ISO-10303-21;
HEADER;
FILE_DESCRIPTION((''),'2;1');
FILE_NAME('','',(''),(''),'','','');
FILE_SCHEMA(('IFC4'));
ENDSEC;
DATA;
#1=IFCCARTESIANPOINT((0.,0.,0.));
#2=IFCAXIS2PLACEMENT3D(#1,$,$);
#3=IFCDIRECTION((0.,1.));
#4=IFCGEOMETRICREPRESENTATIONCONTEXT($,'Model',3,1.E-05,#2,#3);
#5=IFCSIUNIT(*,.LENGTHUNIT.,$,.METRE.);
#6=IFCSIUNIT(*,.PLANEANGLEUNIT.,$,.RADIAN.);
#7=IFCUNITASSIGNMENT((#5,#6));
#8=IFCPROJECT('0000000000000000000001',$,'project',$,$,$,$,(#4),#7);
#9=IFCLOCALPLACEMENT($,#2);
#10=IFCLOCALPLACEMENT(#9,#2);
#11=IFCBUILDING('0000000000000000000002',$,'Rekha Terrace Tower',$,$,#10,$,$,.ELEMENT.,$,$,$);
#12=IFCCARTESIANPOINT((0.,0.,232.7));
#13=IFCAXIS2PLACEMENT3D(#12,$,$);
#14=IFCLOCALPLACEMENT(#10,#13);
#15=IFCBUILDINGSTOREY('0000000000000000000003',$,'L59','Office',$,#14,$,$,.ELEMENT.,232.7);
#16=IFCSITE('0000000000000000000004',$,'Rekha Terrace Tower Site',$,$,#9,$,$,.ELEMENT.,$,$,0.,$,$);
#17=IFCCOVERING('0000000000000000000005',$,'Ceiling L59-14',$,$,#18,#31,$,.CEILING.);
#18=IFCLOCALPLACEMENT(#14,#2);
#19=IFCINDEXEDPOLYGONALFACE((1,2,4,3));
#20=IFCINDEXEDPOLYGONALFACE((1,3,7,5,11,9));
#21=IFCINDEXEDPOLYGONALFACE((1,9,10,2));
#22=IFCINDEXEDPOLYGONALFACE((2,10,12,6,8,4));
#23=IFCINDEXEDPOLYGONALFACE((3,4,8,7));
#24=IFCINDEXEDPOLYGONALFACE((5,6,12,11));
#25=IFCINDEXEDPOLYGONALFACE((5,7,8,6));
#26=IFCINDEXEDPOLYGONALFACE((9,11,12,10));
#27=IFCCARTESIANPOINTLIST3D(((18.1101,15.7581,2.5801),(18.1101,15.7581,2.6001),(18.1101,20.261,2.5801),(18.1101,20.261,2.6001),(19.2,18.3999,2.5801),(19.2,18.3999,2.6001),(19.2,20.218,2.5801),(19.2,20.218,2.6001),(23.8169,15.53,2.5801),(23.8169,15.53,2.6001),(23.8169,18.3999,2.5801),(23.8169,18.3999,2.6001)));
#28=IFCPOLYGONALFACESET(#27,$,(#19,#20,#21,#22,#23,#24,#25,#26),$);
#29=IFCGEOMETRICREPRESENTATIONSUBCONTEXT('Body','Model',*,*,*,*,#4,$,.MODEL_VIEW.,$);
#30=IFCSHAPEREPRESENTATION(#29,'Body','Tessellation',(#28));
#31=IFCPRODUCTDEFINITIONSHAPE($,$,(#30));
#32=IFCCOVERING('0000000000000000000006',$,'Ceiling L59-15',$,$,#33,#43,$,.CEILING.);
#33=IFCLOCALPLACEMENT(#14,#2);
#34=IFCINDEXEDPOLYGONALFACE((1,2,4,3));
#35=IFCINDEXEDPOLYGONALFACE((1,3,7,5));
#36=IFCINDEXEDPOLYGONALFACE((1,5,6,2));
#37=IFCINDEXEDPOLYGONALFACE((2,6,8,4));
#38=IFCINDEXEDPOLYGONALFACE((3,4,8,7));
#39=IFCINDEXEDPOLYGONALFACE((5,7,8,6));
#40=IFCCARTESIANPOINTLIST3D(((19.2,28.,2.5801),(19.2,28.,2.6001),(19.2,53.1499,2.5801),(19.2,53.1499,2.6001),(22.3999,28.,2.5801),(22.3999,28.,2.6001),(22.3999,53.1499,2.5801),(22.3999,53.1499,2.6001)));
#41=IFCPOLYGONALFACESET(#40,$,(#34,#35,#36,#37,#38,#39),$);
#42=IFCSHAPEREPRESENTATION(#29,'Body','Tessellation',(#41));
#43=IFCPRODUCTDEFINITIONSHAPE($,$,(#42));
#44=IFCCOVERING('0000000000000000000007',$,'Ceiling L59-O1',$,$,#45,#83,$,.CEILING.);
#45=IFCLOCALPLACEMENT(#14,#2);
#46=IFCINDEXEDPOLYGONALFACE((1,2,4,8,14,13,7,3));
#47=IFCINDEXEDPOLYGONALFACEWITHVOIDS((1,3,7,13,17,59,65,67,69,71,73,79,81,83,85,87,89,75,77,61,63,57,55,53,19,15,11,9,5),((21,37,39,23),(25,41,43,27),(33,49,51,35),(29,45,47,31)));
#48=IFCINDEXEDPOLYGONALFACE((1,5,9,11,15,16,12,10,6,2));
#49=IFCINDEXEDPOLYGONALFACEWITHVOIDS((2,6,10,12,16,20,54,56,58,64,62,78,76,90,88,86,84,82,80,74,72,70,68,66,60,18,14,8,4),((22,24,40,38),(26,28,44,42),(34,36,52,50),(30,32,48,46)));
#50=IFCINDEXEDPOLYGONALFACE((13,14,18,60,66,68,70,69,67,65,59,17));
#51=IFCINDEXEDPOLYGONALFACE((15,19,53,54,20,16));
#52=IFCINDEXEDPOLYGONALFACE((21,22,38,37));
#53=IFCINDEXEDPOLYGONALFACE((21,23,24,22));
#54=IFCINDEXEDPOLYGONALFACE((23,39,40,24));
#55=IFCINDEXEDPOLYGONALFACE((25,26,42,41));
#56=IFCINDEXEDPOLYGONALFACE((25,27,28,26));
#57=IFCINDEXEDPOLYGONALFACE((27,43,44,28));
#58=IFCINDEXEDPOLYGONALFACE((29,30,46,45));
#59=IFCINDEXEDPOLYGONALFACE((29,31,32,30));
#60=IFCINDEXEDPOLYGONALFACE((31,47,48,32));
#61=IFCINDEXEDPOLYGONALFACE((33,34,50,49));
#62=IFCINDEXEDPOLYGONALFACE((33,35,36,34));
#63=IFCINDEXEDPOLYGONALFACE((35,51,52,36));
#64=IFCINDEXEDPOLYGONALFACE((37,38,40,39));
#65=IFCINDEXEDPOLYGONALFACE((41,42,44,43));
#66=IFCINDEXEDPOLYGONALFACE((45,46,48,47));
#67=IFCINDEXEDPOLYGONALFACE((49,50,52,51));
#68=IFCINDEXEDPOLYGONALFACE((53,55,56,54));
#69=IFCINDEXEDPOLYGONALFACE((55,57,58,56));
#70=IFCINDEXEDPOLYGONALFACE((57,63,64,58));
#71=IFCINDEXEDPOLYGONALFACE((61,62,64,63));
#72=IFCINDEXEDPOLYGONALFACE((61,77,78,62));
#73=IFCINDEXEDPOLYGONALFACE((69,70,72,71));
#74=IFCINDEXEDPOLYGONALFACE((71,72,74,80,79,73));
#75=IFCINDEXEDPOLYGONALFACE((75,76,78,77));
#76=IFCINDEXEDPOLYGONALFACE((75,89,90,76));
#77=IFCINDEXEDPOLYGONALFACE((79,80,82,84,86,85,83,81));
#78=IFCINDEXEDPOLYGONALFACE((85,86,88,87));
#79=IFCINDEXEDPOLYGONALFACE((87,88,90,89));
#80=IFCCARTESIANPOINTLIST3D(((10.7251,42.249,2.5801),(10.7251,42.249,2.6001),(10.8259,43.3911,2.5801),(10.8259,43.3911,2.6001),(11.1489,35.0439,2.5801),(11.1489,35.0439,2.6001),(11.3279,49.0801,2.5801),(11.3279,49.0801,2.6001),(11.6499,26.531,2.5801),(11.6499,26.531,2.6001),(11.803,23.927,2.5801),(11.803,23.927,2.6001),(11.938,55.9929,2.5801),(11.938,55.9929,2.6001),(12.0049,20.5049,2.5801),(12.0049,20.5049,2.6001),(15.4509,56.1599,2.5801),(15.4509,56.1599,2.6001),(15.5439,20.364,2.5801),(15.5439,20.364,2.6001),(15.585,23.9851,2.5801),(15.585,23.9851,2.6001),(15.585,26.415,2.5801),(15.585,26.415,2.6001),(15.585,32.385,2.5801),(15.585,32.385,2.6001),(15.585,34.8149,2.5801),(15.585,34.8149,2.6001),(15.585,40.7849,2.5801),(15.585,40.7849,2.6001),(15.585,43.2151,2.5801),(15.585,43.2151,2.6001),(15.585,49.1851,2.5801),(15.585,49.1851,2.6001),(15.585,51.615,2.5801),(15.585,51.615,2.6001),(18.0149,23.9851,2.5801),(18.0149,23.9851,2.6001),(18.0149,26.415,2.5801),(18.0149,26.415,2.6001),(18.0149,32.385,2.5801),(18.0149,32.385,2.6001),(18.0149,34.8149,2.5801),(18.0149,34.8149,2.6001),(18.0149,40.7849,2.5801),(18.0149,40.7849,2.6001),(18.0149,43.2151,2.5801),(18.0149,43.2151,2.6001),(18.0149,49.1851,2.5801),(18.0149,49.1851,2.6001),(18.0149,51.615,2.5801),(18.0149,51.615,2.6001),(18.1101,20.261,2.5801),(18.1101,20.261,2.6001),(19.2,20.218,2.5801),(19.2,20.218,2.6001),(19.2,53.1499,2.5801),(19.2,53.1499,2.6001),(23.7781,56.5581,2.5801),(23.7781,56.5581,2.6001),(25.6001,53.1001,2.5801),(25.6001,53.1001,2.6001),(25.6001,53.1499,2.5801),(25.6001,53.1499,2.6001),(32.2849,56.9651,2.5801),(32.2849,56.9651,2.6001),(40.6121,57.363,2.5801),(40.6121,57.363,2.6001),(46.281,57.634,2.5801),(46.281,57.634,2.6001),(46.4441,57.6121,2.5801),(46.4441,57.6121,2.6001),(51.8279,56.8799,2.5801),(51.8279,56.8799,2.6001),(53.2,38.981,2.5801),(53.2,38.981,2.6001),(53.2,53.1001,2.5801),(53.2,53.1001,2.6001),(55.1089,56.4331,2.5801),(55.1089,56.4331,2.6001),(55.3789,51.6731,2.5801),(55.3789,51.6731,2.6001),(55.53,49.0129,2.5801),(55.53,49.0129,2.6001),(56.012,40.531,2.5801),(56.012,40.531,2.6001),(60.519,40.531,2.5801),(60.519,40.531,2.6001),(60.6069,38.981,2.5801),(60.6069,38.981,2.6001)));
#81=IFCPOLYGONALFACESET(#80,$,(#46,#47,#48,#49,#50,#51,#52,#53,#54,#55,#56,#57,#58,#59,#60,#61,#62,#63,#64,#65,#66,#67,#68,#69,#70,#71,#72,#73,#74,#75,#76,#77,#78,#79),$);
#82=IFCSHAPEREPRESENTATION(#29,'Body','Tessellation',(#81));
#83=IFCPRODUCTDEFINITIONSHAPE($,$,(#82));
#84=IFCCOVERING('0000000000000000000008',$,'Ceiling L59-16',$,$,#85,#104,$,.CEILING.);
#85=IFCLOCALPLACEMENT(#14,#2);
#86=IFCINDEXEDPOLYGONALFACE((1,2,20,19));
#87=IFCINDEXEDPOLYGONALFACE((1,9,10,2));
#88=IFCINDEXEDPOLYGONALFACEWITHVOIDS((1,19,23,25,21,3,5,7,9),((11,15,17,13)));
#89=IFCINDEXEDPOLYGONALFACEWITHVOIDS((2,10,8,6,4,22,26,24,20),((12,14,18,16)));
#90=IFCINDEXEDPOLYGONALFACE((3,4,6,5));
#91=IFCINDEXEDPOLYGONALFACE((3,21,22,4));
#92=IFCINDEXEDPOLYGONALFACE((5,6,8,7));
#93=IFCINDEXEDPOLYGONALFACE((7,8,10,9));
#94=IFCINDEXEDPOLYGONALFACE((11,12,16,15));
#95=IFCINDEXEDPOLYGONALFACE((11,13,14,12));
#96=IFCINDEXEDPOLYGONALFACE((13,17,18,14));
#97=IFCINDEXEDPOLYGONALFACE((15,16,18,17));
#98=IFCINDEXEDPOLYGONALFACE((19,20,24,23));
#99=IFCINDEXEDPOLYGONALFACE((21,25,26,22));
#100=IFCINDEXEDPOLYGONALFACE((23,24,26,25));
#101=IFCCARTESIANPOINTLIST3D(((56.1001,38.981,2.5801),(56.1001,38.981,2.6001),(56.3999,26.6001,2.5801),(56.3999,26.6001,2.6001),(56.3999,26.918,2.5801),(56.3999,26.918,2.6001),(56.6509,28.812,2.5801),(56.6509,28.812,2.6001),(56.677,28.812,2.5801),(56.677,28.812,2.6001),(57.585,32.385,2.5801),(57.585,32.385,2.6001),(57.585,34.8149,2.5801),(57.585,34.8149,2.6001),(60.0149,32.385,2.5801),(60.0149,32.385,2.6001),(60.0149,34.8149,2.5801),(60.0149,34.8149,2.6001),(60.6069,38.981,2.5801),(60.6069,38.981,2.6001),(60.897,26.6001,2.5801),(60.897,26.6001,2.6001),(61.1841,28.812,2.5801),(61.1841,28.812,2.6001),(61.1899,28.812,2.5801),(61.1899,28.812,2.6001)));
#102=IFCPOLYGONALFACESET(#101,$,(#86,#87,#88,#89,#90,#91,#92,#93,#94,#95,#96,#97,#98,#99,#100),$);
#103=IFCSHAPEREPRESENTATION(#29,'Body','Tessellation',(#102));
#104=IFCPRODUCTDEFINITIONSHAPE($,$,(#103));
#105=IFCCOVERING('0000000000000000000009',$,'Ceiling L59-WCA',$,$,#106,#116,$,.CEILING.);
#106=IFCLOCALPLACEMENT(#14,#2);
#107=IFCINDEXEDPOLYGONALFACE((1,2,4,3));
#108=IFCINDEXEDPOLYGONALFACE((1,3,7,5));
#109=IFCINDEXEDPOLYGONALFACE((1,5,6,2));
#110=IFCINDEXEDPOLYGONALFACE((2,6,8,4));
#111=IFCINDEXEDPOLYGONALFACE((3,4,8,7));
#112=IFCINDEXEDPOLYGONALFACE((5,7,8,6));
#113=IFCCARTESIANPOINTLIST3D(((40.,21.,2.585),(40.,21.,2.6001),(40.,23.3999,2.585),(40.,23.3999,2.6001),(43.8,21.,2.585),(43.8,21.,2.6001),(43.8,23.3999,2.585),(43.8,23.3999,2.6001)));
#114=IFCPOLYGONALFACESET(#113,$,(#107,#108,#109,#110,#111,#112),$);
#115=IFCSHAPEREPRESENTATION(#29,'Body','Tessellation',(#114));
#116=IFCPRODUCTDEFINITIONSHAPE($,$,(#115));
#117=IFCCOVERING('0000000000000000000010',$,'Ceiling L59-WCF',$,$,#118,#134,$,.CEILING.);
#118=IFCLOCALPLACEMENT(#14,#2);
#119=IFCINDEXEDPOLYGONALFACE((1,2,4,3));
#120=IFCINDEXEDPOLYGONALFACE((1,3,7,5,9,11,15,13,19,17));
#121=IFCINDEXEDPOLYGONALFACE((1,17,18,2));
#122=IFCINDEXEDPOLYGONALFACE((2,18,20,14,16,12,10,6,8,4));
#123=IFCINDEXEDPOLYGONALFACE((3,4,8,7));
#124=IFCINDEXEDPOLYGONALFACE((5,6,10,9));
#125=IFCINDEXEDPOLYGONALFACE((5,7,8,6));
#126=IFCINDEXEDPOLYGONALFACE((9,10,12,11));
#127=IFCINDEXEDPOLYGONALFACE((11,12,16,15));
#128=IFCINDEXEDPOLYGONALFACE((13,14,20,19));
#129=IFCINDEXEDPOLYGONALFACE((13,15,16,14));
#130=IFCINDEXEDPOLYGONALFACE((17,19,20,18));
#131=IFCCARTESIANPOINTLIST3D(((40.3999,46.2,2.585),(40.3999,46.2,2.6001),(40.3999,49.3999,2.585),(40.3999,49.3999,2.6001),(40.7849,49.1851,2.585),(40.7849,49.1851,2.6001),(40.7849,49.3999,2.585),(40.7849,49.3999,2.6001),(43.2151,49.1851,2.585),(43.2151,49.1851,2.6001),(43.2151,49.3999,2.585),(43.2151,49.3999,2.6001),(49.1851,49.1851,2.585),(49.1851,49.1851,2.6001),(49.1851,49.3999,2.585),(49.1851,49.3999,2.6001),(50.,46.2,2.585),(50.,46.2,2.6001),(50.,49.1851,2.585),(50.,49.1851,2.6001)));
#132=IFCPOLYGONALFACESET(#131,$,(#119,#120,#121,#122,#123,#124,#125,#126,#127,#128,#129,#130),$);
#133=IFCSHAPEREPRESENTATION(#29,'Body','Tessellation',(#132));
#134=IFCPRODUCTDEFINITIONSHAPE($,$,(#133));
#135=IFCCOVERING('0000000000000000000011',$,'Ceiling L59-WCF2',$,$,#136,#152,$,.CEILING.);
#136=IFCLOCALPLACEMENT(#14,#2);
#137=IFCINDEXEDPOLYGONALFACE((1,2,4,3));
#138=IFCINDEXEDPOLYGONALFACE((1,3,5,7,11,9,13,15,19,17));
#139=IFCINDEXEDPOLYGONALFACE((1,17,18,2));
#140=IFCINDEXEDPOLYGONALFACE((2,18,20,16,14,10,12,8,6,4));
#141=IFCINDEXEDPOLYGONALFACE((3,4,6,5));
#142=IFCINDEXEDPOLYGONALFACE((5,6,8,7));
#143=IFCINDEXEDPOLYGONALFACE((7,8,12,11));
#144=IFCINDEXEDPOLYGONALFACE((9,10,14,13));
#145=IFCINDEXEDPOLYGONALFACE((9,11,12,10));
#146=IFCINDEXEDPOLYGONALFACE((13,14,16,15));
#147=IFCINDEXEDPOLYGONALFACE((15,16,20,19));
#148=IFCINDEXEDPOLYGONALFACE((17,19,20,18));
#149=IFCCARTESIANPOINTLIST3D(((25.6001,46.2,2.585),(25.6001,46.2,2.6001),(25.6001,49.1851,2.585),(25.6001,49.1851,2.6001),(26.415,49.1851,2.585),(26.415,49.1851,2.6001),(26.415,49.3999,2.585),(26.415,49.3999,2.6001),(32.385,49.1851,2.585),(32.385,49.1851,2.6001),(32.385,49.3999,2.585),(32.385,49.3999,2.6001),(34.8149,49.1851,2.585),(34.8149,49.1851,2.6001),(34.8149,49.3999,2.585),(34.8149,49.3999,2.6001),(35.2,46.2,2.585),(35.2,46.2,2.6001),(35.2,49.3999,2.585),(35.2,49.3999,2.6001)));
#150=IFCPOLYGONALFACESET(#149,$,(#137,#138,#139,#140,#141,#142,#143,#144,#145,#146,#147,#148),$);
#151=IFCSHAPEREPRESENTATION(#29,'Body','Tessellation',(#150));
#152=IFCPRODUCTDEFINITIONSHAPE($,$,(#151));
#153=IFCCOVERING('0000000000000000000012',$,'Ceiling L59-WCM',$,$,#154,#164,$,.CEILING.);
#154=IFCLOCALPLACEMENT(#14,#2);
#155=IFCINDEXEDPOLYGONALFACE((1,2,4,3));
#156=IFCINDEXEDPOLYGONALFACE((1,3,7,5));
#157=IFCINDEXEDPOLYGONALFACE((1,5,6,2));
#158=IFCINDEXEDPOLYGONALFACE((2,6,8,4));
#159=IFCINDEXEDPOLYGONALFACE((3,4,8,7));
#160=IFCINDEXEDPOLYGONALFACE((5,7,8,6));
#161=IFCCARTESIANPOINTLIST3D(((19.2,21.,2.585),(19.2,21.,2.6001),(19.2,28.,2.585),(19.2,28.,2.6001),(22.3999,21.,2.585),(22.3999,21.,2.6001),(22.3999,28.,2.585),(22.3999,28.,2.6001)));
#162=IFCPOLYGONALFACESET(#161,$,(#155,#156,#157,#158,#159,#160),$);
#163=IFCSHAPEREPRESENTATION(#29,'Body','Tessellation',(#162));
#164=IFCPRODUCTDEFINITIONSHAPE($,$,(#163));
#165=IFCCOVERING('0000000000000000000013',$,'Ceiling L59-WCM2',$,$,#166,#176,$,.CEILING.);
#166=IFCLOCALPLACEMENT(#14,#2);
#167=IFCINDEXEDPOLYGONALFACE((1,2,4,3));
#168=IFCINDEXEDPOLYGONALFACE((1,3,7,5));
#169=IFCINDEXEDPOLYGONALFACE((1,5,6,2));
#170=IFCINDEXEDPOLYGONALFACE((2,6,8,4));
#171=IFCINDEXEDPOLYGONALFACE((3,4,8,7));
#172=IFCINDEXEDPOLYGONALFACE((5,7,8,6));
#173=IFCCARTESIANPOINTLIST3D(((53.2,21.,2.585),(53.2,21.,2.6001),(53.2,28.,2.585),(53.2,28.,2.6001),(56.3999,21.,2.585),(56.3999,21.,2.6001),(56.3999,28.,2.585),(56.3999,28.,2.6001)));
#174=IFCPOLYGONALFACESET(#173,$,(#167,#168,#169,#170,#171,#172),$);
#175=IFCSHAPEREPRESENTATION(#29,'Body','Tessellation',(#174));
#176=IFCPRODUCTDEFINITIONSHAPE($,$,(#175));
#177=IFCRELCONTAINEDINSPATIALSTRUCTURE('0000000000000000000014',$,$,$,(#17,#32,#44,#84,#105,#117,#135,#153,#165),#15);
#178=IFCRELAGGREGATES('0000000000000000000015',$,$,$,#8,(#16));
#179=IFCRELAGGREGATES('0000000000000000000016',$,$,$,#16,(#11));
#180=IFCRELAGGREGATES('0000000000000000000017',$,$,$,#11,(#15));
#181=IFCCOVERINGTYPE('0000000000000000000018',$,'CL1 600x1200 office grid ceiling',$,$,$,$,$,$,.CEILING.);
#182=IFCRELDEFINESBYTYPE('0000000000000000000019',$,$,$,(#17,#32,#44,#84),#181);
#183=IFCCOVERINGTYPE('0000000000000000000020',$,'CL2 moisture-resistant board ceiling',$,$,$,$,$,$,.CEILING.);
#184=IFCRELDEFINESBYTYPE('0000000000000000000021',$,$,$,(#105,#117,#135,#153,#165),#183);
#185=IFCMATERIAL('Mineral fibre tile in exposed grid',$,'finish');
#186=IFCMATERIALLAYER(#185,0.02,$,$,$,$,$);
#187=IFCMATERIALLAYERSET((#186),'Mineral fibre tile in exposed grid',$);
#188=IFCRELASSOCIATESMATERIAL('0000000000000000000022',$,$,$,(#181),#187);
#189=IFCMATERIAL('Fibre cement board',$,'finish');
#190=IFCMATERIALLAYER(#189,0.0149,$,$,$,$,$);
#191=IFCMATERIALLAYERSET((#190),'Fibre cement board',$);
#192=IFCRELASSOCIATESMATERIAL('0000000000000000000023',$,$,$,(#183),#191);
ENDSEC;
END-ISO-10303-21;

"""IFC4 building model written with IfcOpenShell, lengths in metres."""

from ifc_helpers import new_model, si_unit, direction, frame, origin, place, context, subcontext, project, spatial, polyline, outline, extrude, material, layer, layer_set, type_object, element, save


model = new_model("IFC4")

# Units and contexts
model_context = context("Model", 3, precision=1e-05, world=origin(), true_north=direction((0.0, 1.0)))
body_context = subcontext(model_context, "Body", "Model", "MODEL_VIEW")
ifc_project = project(units=[si_unit("LENGTHUNIT", "METRE"), si_unit("PLANEANGLEUNIT", "RADIAN")], contexts=[model_context])

# Site, building, storey
site_placement = place(None, origin())
site = spatial("IfcSite", under=ifc_project, at=site_placement, Name="Rekha Terrace Tower Site", CompositionType="ELEMENT", RefElevation=0.0)
building_placement = place(site_placement, origin())
building = spatial("IfcBuilding", under=site, at=building_placement, Name="Rekha Terrace Tower", CompositionType="ELEMENT")
storey_placement = place(building_placement, frame((0.0, 0.0, 232.7)))
storey = spatial("IfcBuildingStorey", under=building, at=storey_placement, Name="L59", Description="Office", CompositionType="ELEMENT", Elevation=232.7)

# Coverings
ifc_material_1 = material(Name="Mineral fibre tile in exposed grid", Category="finish")
ifc_layer_1 = layer(ifc_material_1, 0.02)
ifc_layer_set_1 = layer_set([ifc_layer_1], Name="Mineral fibre tile in exposed grid")
covering_type_1 = type_object("IfcCoveringType", Name="CL1 600x1200 office grid ceiling", PredefinedType="CEILING", material=ifc_layer_set_1)
covering_1_placement = place(storey_placement, frame((0.0, 0.0, 2.5801)))
element("IfcCovering", 1, at=covering_1_placement, inside=storey, type_object=covering_type_1, Name="Ceiling L59-14", PredefinedType="CEILING", context=body_context, shape_type="SweptSolid", body=[
    extrude(outline(polyline([(23.8169, 15.53), (23.8169, 18.3999), (19.2, 18.3999), (19.2, 20.218), (18.1101, 20.261), (18.1101, 15.7581), (23.8169, 15.53)])), origin(), (0.0, 0.0, 1.0), 0.02),
])
covering_2_placement = place(storey_placement, frame((0.0, 0.0, 2.5801)))
element("IfcCovering", 2, at=covering_2_placement, inside=storey, type_object=covering_type_1, Name="Ceiling L59-15", PredefinedType="CEILING", context=body_context, shape_type="SweptSolid", body=[
    extrude(outline(polyline([(19.2, 53.1499), (19.2, 28.0), (22.3999, 28.0), (22.3999, 53.1499), (19.2, 53.1499)])), origin(), (0.0, 0.0, 1.0), 0.02),
])
covering_3_placement = place(storey_placement, frame((0.0, 0.0, 2.5801)))
element("IfcCovering", 3, at=covering_3_placement, inside=storey, type_object=covering_type_1, Name="Ceiling L59-O1", PredefinedType="CEILING", context=body_context, shape_type="SweptSolid", body=[
    extrude(outline(polyline([(11.3279, 49.0801), (10.8259, 43.3911), (10.7251, 42.249), (11.1489, 35.0439), (11.6499, 26.531), (11.803, 23.927), (12.0049, 20.5049), (15.5439, 20.364), (18.1101, 20.261), (19.2, 20.218), (19.2, 53.1499), (25.6001, 53.1499), (25.6001, 53.1001), (53.2, 53.1001), (53.2, 38.981), (60.6069, 38.981), (60.519, 40.531), (56.012, 40.531), (55.53, 49.0129), (55.3789, 51.6731), (55.1089, 56.4331), (51.8279, 56.8799), (46.4441, 57.6121), (46.281, 57.634), (40.6121, 57.363), (32.2849, 56.9651), (23.7781, 56.5581), (15.4509, 56.1599), (11.938, 55.9929), (11.3279, 49.0801)]), holes=[polyline([(18.0149, 23.9851), (15.585, 23.9851), (15.585, 26.415), (18.0149, 26.415), (18.0149, 23.9851)]), polyline([(18.0149, 32.385), (15.585, 32.385), (15.585, 34.8149), (18.0149, 34.8149), (18.0149, 32.385)]), polyline([(18.0149, 43.2151), (18.0149, 40.7849), (15.585, 40.7849), (15.585, 43.2151), (18.0149, 43.2151)]), polyline([(18.0149, 51.615), (18.0149, 49.1851), (15.585, 49.1851), (15.585, 51.615), (18.0149, 51.615)])]), origin(), (0.0, 0.0, 1.0), 0.02),
])
covering_4_placement = place(storey_placement, frame((0.0, 0.0, 2.5801)))
element("IfcCovering", 4, at=covering_4_placement, inside=storey, type_object=covering_type_1, Name="Ceiling L59-16", PredefinedType="CEILING", context=body_context, shape_type="SweptSolid", body=[
    extrude(outline(polyline([(56.1001, 38.981), (56.677, 28.812), (56.6509, 28.812), (56.3999, 26.918), (56.3999, 26.6001), (60.897, 26.6001), (61.1899, 28.812), (61.1841, 28.812), (60.6069, 38.981), (56.1001, 38.981)]), holes=[polyline([(60.0149, 34.8149), (60.0149, 32.385), (57.585, 32.385), (57.585, 34.8149), (60.0149, 34.8149)])]), origin(), (0.0, 0.0, 1.0), 0.02),
])
ifc_material_2 = material(Name="Fibre cement board", Category="finish")
ifc_layer_2 = layer(ifc_material_2, 0.0149)
ifc_layer_set_2 = layer_set([ifc_layer_2], Name="Fibre cement board")
covering_type_2 = type_object("IfcCoveringType", Name="CL2 moisture-resistant board ceiling", PredefinedType="CEILING", material=ifc_layer_set_2)
covering_5_placement = place(storey_placement, frame((0.0, 0.0, 2.585)))
element("IfcCovering", 5, at=covering_5_placement, inside=storey, type_object=covering_type_2, Name="Ceiling L59-WCA", PredefinedType="CEILING", context=body_context, shape_type="SweptSolid", body=[
    extrude(outline(polyline([(43.8, 23.3999), (40.0, 23.3999), (40.0, 21.0), (43.8, 21.0), (43.8, 23.3999)])), origin(), (0.0, 0.0, 1.0), 0.0151),
])
covering_6_placement = place(storey_placement, frame((0.0, 0.0, 2.585)))
element("IfcCovering", 6, at=covering_6_placement, inside=storey, type_object=covering_type_2, Name="Ceiling L59-WCF", PredefinedType="CEILING", context=body_context, shape_type="SweptSolid", body=[
    extrude(outline(polyline([(40.7849, 49.3999), (40.3999, 49.3999), (40.3999, 46.2), (50.0, 46.2), (50.0, 49.1851), (49.1851, 49.1851), (49.1851, 49.3999), (43.2151, 49.3999), (43.2151, 49.1851), (40.7849, 49.1851), (40.7849, 49.3999)])), origin(), (0.0, 0.0, 1.0), 0.0151),
])
covering_7_placement = place(storey_placement, frame((0.0, 0.0, 2.585)))
element("IfcCovering", 7, at=covering_7_placement, inside=storey, type_object=covering_type_2, Name="Ceiling L59-WCF2", PredefinedType="CEILING", context=body_context, shape_type="SweptSolid", body=[
    extrude(outline(polyline([(26.415, 49.1851), (25.6001, 49.1851), (25.6001, 46.2), (35.2, 46.2), (35.2, 49.3999), (34.8149, 49.3999), (34.8149, 49.1851), (32.385, 49.1851), (32.385, 49.3999), (26.415, 49.3999), (26.415, 49.1851)])), origin(), (0.0, 0.0, 1.0), 0.0151),
])
covering_8_placement = place(storey_placement, frame((0.0, 0.0, 2.585)))
element("IfcCovering", 8, at=covering_8_placement, inside=storey, type_object=covering_type_2, Name="Ceiling L59-WCM", PredefinedType="CEILING", context=body_context, shape_type="SweptSolid", body=[
    extrude(outline(polyline([(22.3999, 28.0), (19.2, 28.0), (19.2, 21.0), (22.3999, 21.0), (22.3999, 28.0)])), origin(), (0.0, 0.0, 1.0), 0.0151),
])
covering_9_placement = place(storey_placement, frame((0.0, 0.0, 2.585)))
element("IfcCovering", 9, at=covering_9_placement, inside=storey, type_object=covering_type_2, Name="Ceiling L59-WCM2", PredefinedType="CEILING", context=body_context, shape_type="SweptSolid", body=[
    extrude(outline(polyline([(56.3999, 28.0), (53.2, 28.0), (53.2, 21.0), (56.3999, 21.0), (56.3999, 28.0)])), origin(), (0.0, 0.0, 1.0), 0.0151),
])

save(model, "model.ifc")
